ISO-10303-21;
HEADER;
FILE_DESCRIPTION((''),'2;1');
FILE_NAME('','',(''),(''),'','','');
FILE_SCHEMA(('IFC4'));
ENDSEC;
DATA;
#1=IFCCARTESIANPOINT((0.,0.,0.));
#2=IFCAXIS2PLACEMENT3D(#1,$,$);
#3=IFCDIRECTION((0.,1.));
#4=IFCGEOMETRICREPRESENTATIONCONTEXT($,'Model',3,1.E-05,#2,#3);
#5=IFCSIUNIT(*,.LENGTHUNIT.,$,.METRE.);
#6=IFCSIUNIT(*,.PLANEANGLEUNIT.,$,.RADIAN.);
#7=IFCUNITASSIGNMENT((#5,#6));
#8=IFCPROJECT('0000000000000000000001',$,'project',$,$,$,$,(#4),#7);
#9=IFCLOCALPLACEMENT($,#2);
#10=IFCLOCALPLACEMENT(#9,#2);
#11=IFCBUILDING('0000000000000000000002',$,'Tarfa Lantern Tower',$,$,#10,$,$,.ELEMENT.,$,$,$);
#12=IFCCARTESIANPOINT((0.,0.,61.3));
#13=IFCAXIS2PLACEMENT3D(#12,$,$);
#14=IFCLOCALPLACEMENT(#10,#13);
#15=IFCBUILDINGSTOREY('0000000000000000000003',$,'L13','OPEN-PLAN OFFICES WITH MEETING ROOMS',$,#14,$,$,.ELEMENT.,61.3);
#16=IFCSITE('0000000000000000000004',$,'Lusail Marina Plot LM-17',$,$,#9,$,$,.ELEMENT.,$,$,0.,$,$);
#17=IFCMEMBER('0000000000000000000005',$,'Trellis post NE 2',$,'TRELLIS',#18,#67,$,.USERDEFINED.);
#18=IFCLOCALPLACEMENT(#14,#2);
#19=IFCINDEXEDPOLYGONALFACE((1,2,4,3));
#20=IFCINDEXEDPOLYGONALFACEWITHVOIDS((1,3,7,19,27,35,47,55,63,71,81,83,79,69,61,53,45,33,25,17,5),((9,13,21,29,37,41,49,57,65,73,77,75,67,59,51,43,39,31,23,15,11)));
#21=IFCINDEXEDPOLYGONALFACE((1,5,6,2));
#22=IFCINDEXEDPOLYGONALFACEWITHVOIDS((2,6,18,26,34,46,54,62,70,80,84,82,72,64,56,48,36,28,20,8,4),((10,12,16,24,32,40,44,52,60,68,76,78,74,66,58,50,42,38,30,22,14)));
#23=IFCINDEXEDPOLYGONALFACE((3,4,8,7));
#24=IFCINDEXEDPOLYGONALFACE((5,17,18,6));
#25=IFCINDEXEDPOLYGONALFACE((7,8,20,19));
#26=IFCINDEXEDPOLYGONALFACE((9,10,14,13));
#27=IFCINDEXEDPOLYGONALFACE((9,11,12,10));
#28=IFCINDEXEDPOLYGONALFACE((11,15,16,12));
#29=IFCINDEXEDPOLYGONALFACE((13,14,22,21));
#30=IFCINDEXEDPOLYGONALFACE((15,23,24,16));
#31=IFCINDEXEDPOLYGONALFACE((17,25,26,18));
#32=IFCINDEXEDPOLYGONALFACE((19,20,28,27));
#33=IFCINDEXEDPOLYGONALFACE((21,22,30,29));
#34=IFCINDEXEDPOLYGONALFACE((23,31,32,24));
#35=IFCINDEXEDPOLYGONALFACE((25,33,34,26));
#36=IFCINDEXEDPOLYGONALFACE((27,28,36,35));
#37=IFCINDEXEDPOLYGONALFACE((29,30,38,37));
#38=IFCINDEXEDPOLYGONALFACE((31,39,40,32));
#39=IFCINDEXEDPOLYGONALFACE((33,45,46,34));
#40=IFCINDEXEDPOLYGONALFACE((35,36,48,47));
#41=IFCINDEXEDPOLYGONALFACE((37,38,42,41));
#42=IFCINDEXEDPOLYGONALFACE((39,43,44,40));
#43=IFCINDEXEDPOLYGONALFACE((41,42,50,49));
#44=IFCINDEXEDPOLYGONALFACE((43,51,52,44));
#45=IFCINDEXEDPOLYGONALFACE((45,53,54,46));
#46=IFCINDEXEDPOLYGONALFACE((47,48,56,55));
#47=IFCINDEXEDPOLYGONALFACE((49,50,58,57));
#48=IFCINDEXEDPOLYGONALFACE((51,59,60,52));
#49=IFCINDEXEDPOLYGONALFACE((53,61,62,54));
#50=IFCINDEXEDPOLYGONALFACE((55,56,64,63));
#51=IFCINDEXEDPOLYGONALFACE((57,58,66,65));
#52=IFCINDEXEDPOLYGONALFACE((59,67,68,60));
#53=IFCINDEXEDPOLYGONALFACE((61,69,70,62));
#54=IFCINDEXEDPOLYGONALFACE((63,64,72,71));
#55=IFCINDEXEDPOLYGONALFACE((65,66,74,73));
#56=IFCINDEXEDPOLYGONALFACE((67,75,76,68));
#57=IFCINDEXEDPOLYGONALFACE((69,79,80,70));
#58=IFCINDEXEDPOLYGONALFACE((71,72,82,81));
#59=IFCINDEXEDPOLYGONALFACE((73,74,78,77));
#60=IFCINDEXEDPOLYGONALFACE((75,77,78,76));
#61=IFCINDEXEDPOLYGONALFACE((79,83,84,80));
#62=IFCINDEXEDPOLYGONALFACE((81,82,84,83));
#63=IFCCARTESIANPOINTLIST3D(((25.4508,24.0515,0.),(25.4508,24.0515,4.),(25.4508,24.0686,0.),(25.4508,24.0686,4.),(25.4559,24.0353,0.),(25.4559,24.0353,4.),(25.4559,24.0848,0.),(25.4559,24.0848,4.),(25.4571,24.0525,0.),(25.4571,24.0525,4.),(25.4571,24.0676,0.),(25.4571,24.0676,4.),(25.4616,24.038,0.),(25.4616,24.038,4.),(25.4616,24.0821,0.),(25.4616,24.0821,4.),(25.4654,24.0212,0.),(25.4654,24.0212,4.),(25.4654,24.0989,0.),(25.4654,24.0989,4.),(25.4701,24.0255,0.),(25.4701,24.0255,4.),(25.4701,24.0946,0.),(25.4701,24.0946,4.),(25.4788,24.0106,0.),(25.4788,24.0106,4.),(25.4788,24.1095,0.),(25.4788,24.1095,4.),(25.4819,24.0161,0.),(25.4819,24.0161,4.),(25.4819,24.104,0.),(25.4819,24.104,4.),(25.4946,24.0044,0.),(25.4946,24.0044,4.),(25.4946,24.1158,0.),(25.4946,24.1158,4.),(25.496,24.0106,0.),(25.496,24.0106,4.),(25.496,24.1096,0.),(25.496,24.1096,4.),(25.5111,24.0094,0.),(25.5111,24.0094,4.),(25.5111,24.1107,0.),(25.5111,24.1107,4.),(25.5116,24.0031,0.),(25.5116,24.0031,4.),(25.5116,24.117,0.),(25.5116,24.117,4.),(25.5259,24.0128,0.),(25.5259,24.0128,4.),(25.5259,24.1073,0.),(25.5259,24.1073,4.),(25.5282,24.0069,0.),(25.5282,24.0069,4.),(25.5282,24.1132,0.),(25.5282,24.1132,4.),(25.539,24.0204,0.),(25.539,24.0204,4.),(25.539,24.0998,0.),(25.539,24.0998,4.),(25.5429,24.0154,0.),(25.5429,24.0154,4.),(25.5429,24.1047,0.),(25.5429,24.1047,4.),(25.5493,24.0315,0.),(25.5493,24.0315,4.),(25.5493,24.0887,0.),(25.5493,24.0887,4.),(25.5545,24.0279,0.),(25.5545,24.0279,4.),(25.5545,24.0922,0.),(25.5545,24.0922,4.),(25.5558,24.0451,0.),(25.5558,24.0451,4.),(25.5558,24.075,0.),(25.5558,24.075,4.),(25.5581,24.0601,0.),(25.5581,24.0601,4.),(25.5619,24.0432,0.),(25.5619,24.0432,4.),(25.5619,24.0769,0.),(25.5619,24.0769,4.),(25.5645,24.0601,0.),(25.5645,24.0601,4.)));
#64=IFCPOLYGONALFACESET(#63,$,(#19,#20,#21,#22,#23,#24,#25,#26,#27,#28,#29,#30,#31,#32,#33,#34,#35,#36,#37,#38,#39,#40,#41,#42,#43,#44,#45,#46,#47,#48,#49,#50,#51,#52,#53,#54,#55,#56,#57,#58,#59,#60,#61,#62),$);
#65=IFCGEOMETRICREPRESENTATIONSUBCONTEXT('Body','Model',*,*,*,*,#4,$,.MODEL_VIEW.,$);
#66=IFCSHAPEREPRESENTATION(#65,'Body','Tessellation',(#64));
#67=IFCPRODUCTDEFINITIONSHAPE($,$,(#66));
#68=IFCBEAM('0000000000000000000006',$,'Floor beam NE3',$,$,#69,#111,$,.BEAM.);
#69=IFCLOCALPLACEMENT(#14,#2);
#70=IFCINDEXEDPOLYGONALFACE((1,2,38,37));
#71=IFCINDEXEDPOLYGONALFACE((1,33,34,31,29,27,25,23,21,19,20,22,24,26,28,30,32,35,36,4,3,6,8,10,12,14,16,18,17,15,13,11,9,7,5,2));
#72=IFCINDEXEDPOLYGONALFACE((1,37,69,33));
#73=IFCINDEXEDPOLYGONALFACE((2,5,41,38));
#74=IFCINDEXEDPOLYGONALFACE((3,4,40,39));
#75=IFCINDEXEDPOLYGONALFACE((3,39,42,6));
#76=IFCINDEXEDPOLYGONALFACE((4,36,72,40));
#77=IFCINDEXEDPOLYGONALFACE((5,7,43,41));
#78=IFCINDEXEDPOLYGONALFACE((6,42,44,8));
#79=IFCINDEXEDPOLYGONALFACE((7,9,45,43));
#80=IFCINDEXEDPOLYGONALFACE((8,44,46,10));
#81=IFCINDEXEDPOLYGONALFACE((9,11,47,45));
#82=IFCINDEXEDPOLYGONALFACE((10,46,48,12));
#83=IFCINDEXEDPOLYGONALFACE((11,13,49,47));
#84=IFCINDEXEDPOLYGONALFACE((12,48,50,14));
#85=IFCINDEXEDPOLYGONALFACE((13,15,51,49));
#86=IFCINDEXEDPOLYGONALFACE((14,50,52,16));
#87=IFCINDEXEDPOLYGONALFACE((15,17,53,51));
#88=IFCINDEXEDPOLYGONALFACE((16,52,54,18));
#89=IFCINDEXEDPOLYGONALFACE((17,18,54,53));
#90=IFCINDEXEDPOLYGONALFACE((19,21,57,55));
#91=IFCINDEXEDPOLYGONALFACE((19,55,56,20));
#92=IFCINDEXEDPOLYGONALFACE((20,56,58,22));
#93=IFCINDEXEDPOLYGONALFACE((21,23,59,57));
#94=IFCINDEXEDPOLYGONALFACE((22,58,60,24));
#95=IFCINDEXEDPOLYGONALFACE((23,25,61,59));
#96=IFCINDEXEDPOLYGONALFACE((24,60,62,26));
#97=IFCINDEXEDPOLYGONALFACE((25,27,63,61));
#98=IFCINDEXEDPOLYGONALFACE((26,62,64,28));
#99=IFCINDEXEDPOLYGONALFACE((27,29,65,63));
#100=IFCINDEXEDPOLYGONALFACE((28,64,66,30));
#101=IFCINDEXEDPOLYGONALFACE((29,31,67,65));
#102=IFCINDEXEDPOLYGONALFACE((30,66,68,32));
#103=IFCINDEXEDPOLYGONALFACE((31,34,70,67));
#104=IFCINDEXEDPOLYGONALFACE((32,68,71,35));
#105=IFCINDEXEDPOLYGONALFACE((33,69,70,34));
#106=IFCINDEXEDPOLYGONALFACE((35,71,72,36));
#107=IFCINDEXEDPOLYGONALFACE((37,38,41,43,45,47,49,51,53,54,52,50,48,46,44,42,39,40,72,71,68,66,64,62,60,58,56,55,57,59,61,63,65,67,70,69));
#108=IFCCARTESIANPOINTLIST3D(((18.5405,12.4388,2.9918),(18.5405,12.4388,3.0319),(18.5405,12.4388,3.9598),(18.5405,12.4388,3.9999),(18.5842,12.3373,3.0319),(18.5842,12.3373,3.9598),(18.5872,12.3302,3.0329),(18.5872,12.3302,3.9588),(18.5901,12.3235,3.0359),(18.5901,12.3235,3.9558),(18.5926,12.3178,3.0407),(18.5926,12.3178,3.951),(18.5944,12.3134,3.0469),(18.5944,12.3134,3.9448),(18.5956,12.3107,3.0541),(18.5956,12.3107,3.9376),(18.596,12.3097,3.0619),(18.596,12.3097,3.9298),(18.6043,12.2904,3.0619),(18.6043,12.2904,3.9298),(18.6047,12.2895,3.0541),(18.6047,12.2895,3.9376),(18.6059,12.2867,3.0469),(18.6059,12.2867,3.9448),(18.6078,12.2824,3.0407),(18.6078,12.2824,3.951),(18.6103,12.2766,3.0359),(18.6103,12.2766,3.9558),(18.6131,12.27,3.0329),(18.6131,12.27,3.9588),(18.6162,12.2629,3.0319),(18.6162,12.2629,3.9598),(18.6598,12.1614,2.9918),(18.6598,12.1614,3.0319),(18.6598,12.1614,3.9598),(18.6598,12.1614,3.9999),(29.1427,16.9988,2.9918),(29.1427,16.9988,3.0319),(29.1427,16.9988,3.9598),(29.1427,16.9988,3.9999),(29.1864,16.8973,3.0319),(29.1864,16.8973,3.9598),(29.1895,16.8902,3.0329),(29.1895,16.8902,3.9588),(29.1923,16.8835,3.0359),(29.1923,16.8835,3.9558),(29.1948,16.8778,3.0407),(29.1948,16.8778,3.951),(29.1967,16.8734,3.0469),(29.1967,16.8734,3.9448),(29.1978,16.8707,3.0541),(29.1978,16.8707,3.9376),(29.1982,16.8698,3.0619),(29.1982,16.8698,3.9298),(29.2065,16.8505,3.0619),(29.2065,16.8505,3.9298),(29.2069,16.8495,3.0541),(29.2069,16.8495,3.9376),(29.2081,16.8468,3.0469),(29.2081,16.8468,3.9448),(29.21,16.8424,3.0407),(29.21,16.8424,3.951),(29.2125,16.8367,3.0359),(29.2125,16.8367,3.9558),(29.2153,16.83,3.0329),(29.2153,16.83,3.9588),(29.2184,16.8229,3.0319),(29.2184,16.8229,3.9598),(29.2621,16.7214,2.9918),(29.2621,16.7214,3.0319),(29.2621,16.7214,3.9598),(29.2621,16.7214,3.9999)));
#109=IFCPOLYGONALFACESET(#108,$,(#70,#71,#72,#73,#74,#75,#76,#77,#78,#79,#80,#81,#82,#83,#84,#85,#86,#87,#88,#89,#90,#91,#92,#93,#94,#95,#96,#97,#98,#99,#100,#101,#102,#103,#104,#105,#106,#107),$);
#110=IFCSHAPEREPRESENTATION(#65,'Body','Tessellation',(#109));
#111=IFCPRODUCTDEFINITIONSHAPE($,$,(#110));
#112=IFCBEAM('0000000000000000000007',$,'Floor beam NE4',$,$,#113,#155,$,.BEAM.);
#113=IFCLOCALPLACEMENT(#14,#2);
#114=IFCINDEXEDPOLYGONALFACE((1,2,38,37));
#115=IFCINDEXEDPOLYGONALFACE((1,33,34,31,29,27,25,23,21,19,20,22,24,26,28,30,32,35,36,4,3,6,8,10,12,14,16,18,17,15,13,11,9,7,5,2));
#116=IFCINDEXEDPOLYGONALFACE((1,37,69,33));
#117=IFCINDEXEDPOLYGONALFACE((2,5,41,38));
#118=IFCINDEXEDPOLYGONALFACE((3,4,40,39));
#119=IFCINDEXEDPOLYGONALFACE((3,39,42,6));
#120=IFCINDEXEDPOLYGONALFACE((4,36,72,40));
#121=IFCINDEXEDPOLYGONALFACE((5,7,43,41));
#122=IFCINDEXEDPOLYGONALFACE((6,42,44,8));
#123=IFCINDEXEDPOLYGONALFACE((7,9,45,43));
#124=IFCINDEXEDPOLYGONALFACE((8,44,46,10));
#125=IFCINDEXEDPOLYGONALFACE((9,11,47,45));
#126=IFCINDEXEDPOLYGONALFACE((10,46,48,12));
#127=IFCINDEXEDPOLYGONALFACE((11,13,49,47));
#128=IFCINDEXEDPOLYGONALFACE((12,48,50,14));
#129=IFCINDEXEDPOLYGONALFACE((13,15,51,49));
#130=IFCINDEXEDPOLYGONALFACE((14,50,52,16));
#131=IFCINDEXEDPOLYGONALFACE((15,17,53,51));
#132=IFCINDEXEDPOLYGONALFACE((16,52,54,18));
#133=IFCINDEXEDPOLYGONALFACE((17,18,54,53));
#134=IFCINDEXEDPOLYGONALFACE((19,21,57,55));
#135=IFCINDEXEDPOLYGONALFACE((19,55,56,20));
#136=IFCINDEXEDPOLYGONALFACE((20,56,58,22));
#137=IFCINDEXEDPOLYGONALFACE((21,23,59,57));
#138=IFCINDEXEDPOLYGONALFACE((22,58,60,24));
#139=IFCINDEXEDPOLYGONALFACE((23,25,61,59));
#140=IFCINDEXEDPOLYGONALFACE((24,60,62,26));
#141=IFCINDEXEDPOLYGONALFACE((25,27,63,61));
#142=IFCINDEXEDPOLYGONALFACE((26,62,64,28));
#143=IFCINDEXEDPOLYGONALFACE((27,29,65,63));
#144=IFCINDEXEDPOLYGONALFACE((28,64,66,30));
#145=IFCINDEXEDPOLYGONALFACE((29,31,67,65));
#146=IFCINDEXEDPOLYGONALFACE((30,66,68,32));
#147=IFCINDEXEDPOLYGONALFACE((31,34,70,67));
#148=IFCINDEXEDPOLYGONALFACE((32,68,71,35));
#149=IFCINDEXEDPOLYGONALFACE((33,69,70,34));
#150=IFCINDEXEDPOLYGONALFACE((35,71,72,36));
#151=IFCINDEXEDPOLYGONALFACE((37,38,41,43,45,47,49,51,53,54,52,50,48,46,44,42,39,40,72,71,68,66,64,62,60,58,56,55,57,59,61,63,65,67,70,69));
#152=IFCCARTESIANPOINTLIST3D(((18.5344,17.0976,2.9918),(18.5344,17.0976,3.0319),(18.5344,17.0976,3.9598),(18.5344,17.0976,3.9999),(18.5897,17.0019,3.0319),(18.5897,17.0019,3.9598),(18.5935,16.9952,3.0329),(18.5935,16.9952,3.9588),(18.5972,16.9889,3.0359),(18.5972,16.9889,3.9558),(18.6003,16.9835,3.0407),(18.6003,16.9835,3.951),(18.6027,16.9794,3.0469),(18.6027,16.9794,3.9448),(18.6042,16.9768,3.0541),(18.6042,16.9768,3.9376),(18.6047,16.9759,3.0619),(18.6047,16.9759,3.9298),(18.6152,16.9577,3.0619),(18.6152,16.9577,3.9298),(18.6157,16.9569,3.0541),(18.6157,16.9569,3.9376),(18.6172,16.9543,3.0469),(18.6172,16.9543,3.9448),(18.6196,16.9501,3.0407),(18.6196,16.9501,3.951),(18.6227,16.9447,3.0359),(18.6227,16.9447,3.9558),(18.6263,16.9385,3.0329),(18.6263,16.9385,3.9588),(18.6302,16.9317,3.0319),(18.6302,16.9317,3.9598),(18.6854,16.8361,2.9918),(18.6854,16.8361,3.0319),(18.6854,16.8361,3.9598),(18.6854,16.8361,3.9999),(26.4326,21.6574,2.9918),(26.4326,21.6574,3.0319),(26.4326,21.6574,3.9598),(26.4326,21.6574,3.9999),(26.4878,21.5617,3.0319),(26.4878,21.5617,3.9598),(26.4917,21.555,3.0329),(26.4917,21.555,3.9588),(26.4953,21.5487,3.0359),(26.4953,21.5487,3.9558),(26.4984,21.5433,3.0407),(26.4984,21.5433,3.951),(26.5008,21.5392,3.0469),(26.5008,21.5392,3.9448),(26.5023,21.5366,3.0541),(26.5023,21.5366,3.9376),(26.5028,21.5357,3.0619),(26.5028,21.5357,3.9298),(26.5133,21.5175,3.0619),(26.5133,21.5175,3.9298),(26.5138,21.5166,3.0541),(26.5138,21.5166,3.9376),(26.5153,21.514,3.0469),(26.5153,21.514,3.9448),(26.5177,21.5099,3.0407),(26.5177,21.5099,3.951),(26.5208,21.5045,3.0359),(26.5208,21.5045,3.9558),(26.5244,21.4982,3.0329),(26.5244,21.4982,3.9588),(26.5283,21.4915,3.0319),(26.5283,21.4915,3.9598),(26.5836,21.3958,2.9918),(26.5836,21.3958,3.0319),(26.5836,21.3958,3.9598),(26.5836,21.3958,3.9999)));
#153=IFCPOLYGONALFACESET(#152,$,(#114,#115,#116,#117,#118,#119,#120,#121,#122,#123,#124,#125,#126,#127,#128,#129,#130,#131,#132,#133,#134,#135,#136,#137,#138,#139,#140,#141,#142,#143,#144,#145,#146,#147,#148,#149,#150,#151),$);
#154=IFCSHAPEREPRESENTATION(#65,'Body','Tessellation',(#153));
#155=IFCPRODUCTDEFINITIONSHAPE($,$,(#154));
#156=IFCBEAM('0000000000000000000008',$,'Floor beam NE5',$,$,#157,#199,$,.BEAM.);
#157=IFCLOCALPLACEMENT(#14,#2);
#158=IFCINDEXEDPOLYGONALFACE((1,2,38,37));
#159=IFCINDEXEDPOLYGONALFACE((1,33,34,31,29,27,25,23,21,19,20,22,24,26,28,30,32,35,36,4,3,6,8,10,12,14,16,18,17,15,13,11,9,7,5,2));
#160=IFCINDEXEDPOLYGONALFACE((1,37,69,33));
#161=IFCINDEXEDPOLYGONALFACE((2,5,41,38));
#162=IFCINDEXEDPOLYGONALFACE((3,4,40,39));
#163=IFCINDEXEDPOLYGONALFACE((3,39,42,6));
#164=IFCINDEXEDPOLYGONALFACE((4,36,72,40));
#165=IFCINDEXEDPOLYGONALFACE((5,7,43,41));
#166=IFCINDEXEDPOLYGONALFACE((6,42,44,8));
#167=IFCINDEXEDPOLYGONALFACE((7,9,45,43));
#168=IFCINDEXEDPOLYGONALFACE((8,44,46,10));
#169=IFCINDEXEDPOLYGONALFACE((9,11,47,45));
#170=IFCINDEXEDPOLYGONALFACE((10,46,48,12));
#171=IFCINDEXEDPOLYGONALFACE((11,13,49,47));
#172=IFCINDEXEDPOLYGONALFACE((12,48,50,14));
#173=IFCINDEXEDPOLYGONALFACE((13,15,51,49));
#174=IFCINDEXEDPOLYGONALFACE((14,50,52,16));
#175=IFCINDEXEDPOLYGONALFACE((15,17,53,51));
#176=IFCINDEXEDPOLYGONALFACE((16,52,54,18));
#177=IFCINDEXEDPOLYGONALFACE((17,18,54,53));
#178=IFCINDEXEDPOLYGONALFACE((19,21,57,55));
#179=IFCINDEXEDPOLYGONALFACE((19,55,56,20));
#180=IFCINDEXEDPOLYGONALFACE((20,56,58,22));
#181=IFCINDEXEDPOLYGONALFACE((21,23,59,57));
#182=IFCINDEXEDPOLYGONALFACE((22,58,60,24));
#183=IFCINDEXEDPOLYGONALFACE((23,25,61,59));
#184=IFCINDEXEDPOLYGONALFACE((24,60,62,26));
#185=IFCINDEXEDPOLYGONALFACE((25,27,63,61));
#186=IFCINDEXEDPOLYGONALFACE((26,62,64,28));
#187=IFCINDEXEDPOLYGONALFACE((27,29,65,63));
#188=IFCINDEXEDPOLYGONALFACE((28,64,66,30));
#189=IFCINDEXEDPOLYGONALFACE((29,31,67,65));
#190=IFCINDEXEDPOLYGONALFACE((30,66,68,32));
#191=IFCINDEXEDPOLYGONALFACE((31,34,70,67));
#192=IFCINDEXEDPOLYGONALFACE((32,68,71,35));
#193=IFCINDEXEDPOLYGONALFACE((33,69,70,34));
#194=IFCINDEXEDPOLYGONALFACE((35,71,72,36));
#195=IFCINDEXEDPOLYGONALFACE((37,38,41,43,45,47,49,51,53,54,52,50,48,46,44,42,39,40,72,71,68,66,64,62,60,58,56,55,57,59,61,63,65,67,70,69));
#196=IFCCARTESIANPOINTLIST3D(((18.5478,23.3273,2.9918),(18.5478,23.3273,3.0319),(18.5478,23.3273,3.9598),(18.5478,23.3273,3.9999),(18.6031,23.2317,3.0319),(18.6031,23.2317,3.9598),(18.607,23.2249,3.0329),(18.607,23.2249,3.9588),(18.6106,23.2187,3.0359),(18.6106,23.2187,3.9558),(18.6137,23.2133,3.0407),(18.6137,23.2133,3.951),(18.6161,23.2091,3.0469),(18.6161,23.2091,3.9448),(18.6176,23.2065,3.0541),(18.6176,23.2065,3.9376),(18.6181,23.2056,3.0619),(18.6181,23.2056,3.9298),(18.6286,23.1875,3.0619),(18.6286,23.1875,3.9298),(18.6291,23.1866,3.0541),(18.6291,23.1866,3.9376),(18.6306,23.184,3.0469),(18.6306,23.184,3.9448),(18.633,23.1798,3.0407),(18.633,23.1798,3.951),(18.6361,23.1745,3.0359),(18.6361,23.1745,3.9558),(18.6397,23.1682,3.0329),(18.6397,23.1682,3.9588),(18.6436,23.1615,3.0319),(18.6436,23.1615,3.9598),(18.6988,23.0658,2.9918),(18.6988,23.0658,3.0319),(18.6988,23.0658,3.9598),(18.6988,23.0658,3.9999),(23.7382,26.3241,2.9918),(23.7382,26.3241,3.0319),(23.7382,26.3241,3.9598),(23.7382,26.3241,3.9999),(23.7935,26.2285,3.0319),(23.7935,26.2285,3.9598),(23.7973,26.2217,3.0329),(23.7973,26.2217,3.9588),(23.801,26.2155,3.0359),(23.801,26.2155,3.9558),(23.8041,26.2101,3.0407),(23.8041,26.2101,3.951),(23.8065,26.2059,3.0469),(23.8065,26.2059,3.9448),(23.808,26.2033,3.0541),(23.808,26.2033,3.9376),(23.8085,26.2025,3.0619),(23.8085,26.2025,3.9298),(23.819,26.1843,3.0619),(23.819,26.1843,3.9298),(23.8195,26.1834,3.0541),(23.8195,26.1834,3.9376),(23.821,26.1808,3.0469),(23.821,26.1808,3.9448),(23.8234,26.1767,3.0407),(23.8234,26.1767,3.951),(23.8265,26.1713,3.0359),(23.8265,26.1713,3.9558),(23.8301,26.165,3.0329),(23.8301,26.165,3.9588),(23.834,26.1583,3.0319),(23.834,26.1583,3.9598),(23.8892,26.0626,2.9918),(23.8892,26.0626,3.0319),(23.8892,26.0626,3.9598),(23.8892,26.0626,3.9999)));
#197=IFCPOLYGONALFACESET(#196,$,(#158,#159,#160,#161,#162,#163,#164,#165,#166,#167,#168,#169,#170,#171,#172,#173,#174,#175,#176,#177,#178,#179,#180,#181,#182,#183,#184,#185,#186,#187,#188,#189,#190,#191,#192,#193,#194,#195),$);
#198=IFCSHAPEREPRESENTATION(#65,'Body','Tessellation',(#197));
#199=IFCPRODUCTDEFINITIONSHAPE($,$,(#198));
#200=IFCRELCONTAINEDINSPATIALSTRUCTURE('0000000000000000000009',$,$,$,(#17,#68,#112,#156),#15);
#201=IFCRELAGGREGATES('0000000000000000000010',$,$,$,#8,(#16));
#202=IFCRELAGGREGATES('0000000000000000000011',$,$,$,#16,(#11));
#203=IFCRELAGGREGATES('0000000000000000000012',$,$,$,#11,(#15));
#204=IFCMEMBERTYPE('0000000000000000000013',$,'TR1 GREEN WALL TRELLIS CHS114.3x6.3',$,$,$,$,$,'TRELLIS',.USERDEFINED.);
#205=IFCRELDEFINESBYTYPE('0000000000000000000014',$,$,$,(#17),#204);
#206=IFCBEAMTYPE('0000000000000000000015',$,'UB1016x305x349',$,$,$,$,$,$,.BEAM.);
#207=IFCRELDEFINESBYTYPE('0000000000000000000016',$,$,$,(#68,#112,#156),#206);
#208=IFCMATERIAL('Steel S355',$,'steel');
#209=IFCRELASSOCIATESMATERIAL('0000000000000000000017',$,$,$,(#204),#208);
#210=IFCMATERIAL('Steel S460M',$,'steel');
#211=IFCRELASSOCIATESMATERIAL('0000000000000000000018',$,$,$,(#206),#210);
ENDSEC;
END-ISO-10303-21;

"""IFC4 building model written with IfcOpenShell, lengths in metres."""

from ifc_helpers import new_model, si_unit, direction, frame, origin, origin_2d, place, context, subcontext, project, spatial, hollow_circle, i_section, extrude, material, material_profile, profile_set, type_object, element, save


model = new_model("IFC4")

# Units and contexts
model_context = context("Model", 3, precision=1e-05, world=origin(), true_north=direction((0.0, 1.0)))
body_context = subcontext(model_context, "Body", "Model", "MODEL_VIEW")
ifc_project = project(units=[si_unit("LENGTHUNIT", "METRE"), si_unit("PLANEANGLEUNIT", "RADIAN")], contexts=[model_context])

# Site, building, storey
site_placement = place(None, origin())
site = spatial("IfcSite", under=ifc_project, at=site_placement, Name="Lusail Marina Plot LM-17", CompositionType="ELEMENT", RefElevation=0.0)
building_placement = place(site_placement, origin())
building = spatial("IfcBuilding", under=site, at=building_placement, Name="Tarfa Lantern Tower", CompositionType="ELEMENT")
storey_placement = place(building_placement, frame((0.0, 0.0, 61.3)))
storey = spatial("IfcBuildingStorey", under=building, at=storey_placement, Name="L13", Description="OPEN-PLAN OFFICES WITH MEETING ROOMS", CompositionType="ELEMENT", Elevation=61.3)

# Member
ifc_material_1 = material(Name="Steel S355", Category="steel")
ifc_material_profile_1 = material_profile(ifc_material_1, hollow_circle(Radius=0.0571, WallThickness=0.0063, at=origin_2d()), Name="CHS114.3x6.3")
ifc_profile_set_1 = profile_set([ifc_material_profile_1], Name="Steel S355")
member_type_1 = type_object("IfcMemberType", Name="TR1 GREEN WALL TRELLIS CHS114.3x6.3", ElementType="TRELLIS", PredefinedType="USERDEFINED", material=ifc_profile_set_1)
member_1_placement = place(storey_placement, frame((25.5073, 24.0601, 0.0), z_axis=(0.0, 0.0, 1.0), x_axis=(1.0, 0.0, 0.0)))
element("IfcMember", 1, at=member_1_placement, inside=storey, type_object=member_type_1, Name="Trellis post NE 2", ObjectType="TRELLIS", PredefinedType="USERDEFINED", context=body_context, shape_type="SweptSolid", body=[
    extrude(hollow_circle(Radius=0.0571, WallThickness=0.0063, at=origin_2d()), origin(), (0.0, 0.0, 1.0), 4.0),
])

# Beams
ifc_material_2 = material(Name="Steel S460M", Category="steel")
ifc_material_profile_2 = material_profile(ifc_material_2, i_section(OverallWidth=0.302, OverallDepth=1.0081, WebThickness=0.021, FlangeThickness=0.04, FilletRadius=0.03, at=origin_2d()), Name="UB1016x305x349")
ifc_profile_set_2 = profile_set([ifc_material_profile_2], Name="Steel S460M")
beam_type_1 = type_object("IfcBeamType", Name="UB1016x305x349", PredefinedType="BEAM", material=ifc_profile_set_2)
beam_1_placement = place(storey_placement, frame((29.2024, 16.8601, 3.4958), z_axis=(-0.918635, -0.395106, 0.0), x_axis=(0.395106, -0.918635, 0.0)))
element("IfcBeam", 2, at=beam_1_placement, inside=storey, type_object=beam_type_1, Name="Floor beam NE3", PredefinedType="BEAM", context=body_context, shape_type="SweptSolid", body=[
    extrude(i_section(OverallWidth=0.302, OverallDepth=1.0081, WebThickness=0.021, FlangeThickness=0.04, FilletRadius=0.03, at=origin_2d()), origin(), (0.0, 0.0, 1.0), 11.5413),
])
beam_2_placement = place(storey_placement, frame((26.5081, 21.5266, 3.4958), z_axis=(-0.866035, -0.499983, 0.0), x_axis=(0.499983, -0.866035, 0.0)))
element("IfcBeam", 3, at=beam_2_placement, inside=storey, type_object=beam_type_1, Name="Floor beam NE4", PredefinedType="BEAM", context=body_context, shape_type="SweptSolid", body=[
    extrude(i_section(OverallWidth=0.302, OverallDepth=1.0081, WebThickness=0.021, FlangeThickness=0.04, FilletRadius=0.03, at=origin_2d()), origin(), (0.0, 0.0, 1.0), 9.1199),
])
beam_3_placement = place(storey_placement, frame((23.8137, 26.1934, 3.4958), z_axis=(-0.866016, -0.500016, 0.0), x_axis=(0.500016, -0.866016, 0.0)))
element("IfcBeam", 4, at=beam_3_placement, inside=storey, type_object=beam_type_1, Name="Floor beam NE5", PredefinedType="BEAM", context=body_context, shape_type="SweptSolid", body=[
    extrude(i_section(OverallWidth=0.302, OverallDepth=1.0081, WebThickness=0.021, FlangeThickness=0.04, FilletRadius=0.03, at=origin_2d()), origin(), (0.0, 0.0, 1.0), 5.9934),
])

save(model, "model.ifc")
